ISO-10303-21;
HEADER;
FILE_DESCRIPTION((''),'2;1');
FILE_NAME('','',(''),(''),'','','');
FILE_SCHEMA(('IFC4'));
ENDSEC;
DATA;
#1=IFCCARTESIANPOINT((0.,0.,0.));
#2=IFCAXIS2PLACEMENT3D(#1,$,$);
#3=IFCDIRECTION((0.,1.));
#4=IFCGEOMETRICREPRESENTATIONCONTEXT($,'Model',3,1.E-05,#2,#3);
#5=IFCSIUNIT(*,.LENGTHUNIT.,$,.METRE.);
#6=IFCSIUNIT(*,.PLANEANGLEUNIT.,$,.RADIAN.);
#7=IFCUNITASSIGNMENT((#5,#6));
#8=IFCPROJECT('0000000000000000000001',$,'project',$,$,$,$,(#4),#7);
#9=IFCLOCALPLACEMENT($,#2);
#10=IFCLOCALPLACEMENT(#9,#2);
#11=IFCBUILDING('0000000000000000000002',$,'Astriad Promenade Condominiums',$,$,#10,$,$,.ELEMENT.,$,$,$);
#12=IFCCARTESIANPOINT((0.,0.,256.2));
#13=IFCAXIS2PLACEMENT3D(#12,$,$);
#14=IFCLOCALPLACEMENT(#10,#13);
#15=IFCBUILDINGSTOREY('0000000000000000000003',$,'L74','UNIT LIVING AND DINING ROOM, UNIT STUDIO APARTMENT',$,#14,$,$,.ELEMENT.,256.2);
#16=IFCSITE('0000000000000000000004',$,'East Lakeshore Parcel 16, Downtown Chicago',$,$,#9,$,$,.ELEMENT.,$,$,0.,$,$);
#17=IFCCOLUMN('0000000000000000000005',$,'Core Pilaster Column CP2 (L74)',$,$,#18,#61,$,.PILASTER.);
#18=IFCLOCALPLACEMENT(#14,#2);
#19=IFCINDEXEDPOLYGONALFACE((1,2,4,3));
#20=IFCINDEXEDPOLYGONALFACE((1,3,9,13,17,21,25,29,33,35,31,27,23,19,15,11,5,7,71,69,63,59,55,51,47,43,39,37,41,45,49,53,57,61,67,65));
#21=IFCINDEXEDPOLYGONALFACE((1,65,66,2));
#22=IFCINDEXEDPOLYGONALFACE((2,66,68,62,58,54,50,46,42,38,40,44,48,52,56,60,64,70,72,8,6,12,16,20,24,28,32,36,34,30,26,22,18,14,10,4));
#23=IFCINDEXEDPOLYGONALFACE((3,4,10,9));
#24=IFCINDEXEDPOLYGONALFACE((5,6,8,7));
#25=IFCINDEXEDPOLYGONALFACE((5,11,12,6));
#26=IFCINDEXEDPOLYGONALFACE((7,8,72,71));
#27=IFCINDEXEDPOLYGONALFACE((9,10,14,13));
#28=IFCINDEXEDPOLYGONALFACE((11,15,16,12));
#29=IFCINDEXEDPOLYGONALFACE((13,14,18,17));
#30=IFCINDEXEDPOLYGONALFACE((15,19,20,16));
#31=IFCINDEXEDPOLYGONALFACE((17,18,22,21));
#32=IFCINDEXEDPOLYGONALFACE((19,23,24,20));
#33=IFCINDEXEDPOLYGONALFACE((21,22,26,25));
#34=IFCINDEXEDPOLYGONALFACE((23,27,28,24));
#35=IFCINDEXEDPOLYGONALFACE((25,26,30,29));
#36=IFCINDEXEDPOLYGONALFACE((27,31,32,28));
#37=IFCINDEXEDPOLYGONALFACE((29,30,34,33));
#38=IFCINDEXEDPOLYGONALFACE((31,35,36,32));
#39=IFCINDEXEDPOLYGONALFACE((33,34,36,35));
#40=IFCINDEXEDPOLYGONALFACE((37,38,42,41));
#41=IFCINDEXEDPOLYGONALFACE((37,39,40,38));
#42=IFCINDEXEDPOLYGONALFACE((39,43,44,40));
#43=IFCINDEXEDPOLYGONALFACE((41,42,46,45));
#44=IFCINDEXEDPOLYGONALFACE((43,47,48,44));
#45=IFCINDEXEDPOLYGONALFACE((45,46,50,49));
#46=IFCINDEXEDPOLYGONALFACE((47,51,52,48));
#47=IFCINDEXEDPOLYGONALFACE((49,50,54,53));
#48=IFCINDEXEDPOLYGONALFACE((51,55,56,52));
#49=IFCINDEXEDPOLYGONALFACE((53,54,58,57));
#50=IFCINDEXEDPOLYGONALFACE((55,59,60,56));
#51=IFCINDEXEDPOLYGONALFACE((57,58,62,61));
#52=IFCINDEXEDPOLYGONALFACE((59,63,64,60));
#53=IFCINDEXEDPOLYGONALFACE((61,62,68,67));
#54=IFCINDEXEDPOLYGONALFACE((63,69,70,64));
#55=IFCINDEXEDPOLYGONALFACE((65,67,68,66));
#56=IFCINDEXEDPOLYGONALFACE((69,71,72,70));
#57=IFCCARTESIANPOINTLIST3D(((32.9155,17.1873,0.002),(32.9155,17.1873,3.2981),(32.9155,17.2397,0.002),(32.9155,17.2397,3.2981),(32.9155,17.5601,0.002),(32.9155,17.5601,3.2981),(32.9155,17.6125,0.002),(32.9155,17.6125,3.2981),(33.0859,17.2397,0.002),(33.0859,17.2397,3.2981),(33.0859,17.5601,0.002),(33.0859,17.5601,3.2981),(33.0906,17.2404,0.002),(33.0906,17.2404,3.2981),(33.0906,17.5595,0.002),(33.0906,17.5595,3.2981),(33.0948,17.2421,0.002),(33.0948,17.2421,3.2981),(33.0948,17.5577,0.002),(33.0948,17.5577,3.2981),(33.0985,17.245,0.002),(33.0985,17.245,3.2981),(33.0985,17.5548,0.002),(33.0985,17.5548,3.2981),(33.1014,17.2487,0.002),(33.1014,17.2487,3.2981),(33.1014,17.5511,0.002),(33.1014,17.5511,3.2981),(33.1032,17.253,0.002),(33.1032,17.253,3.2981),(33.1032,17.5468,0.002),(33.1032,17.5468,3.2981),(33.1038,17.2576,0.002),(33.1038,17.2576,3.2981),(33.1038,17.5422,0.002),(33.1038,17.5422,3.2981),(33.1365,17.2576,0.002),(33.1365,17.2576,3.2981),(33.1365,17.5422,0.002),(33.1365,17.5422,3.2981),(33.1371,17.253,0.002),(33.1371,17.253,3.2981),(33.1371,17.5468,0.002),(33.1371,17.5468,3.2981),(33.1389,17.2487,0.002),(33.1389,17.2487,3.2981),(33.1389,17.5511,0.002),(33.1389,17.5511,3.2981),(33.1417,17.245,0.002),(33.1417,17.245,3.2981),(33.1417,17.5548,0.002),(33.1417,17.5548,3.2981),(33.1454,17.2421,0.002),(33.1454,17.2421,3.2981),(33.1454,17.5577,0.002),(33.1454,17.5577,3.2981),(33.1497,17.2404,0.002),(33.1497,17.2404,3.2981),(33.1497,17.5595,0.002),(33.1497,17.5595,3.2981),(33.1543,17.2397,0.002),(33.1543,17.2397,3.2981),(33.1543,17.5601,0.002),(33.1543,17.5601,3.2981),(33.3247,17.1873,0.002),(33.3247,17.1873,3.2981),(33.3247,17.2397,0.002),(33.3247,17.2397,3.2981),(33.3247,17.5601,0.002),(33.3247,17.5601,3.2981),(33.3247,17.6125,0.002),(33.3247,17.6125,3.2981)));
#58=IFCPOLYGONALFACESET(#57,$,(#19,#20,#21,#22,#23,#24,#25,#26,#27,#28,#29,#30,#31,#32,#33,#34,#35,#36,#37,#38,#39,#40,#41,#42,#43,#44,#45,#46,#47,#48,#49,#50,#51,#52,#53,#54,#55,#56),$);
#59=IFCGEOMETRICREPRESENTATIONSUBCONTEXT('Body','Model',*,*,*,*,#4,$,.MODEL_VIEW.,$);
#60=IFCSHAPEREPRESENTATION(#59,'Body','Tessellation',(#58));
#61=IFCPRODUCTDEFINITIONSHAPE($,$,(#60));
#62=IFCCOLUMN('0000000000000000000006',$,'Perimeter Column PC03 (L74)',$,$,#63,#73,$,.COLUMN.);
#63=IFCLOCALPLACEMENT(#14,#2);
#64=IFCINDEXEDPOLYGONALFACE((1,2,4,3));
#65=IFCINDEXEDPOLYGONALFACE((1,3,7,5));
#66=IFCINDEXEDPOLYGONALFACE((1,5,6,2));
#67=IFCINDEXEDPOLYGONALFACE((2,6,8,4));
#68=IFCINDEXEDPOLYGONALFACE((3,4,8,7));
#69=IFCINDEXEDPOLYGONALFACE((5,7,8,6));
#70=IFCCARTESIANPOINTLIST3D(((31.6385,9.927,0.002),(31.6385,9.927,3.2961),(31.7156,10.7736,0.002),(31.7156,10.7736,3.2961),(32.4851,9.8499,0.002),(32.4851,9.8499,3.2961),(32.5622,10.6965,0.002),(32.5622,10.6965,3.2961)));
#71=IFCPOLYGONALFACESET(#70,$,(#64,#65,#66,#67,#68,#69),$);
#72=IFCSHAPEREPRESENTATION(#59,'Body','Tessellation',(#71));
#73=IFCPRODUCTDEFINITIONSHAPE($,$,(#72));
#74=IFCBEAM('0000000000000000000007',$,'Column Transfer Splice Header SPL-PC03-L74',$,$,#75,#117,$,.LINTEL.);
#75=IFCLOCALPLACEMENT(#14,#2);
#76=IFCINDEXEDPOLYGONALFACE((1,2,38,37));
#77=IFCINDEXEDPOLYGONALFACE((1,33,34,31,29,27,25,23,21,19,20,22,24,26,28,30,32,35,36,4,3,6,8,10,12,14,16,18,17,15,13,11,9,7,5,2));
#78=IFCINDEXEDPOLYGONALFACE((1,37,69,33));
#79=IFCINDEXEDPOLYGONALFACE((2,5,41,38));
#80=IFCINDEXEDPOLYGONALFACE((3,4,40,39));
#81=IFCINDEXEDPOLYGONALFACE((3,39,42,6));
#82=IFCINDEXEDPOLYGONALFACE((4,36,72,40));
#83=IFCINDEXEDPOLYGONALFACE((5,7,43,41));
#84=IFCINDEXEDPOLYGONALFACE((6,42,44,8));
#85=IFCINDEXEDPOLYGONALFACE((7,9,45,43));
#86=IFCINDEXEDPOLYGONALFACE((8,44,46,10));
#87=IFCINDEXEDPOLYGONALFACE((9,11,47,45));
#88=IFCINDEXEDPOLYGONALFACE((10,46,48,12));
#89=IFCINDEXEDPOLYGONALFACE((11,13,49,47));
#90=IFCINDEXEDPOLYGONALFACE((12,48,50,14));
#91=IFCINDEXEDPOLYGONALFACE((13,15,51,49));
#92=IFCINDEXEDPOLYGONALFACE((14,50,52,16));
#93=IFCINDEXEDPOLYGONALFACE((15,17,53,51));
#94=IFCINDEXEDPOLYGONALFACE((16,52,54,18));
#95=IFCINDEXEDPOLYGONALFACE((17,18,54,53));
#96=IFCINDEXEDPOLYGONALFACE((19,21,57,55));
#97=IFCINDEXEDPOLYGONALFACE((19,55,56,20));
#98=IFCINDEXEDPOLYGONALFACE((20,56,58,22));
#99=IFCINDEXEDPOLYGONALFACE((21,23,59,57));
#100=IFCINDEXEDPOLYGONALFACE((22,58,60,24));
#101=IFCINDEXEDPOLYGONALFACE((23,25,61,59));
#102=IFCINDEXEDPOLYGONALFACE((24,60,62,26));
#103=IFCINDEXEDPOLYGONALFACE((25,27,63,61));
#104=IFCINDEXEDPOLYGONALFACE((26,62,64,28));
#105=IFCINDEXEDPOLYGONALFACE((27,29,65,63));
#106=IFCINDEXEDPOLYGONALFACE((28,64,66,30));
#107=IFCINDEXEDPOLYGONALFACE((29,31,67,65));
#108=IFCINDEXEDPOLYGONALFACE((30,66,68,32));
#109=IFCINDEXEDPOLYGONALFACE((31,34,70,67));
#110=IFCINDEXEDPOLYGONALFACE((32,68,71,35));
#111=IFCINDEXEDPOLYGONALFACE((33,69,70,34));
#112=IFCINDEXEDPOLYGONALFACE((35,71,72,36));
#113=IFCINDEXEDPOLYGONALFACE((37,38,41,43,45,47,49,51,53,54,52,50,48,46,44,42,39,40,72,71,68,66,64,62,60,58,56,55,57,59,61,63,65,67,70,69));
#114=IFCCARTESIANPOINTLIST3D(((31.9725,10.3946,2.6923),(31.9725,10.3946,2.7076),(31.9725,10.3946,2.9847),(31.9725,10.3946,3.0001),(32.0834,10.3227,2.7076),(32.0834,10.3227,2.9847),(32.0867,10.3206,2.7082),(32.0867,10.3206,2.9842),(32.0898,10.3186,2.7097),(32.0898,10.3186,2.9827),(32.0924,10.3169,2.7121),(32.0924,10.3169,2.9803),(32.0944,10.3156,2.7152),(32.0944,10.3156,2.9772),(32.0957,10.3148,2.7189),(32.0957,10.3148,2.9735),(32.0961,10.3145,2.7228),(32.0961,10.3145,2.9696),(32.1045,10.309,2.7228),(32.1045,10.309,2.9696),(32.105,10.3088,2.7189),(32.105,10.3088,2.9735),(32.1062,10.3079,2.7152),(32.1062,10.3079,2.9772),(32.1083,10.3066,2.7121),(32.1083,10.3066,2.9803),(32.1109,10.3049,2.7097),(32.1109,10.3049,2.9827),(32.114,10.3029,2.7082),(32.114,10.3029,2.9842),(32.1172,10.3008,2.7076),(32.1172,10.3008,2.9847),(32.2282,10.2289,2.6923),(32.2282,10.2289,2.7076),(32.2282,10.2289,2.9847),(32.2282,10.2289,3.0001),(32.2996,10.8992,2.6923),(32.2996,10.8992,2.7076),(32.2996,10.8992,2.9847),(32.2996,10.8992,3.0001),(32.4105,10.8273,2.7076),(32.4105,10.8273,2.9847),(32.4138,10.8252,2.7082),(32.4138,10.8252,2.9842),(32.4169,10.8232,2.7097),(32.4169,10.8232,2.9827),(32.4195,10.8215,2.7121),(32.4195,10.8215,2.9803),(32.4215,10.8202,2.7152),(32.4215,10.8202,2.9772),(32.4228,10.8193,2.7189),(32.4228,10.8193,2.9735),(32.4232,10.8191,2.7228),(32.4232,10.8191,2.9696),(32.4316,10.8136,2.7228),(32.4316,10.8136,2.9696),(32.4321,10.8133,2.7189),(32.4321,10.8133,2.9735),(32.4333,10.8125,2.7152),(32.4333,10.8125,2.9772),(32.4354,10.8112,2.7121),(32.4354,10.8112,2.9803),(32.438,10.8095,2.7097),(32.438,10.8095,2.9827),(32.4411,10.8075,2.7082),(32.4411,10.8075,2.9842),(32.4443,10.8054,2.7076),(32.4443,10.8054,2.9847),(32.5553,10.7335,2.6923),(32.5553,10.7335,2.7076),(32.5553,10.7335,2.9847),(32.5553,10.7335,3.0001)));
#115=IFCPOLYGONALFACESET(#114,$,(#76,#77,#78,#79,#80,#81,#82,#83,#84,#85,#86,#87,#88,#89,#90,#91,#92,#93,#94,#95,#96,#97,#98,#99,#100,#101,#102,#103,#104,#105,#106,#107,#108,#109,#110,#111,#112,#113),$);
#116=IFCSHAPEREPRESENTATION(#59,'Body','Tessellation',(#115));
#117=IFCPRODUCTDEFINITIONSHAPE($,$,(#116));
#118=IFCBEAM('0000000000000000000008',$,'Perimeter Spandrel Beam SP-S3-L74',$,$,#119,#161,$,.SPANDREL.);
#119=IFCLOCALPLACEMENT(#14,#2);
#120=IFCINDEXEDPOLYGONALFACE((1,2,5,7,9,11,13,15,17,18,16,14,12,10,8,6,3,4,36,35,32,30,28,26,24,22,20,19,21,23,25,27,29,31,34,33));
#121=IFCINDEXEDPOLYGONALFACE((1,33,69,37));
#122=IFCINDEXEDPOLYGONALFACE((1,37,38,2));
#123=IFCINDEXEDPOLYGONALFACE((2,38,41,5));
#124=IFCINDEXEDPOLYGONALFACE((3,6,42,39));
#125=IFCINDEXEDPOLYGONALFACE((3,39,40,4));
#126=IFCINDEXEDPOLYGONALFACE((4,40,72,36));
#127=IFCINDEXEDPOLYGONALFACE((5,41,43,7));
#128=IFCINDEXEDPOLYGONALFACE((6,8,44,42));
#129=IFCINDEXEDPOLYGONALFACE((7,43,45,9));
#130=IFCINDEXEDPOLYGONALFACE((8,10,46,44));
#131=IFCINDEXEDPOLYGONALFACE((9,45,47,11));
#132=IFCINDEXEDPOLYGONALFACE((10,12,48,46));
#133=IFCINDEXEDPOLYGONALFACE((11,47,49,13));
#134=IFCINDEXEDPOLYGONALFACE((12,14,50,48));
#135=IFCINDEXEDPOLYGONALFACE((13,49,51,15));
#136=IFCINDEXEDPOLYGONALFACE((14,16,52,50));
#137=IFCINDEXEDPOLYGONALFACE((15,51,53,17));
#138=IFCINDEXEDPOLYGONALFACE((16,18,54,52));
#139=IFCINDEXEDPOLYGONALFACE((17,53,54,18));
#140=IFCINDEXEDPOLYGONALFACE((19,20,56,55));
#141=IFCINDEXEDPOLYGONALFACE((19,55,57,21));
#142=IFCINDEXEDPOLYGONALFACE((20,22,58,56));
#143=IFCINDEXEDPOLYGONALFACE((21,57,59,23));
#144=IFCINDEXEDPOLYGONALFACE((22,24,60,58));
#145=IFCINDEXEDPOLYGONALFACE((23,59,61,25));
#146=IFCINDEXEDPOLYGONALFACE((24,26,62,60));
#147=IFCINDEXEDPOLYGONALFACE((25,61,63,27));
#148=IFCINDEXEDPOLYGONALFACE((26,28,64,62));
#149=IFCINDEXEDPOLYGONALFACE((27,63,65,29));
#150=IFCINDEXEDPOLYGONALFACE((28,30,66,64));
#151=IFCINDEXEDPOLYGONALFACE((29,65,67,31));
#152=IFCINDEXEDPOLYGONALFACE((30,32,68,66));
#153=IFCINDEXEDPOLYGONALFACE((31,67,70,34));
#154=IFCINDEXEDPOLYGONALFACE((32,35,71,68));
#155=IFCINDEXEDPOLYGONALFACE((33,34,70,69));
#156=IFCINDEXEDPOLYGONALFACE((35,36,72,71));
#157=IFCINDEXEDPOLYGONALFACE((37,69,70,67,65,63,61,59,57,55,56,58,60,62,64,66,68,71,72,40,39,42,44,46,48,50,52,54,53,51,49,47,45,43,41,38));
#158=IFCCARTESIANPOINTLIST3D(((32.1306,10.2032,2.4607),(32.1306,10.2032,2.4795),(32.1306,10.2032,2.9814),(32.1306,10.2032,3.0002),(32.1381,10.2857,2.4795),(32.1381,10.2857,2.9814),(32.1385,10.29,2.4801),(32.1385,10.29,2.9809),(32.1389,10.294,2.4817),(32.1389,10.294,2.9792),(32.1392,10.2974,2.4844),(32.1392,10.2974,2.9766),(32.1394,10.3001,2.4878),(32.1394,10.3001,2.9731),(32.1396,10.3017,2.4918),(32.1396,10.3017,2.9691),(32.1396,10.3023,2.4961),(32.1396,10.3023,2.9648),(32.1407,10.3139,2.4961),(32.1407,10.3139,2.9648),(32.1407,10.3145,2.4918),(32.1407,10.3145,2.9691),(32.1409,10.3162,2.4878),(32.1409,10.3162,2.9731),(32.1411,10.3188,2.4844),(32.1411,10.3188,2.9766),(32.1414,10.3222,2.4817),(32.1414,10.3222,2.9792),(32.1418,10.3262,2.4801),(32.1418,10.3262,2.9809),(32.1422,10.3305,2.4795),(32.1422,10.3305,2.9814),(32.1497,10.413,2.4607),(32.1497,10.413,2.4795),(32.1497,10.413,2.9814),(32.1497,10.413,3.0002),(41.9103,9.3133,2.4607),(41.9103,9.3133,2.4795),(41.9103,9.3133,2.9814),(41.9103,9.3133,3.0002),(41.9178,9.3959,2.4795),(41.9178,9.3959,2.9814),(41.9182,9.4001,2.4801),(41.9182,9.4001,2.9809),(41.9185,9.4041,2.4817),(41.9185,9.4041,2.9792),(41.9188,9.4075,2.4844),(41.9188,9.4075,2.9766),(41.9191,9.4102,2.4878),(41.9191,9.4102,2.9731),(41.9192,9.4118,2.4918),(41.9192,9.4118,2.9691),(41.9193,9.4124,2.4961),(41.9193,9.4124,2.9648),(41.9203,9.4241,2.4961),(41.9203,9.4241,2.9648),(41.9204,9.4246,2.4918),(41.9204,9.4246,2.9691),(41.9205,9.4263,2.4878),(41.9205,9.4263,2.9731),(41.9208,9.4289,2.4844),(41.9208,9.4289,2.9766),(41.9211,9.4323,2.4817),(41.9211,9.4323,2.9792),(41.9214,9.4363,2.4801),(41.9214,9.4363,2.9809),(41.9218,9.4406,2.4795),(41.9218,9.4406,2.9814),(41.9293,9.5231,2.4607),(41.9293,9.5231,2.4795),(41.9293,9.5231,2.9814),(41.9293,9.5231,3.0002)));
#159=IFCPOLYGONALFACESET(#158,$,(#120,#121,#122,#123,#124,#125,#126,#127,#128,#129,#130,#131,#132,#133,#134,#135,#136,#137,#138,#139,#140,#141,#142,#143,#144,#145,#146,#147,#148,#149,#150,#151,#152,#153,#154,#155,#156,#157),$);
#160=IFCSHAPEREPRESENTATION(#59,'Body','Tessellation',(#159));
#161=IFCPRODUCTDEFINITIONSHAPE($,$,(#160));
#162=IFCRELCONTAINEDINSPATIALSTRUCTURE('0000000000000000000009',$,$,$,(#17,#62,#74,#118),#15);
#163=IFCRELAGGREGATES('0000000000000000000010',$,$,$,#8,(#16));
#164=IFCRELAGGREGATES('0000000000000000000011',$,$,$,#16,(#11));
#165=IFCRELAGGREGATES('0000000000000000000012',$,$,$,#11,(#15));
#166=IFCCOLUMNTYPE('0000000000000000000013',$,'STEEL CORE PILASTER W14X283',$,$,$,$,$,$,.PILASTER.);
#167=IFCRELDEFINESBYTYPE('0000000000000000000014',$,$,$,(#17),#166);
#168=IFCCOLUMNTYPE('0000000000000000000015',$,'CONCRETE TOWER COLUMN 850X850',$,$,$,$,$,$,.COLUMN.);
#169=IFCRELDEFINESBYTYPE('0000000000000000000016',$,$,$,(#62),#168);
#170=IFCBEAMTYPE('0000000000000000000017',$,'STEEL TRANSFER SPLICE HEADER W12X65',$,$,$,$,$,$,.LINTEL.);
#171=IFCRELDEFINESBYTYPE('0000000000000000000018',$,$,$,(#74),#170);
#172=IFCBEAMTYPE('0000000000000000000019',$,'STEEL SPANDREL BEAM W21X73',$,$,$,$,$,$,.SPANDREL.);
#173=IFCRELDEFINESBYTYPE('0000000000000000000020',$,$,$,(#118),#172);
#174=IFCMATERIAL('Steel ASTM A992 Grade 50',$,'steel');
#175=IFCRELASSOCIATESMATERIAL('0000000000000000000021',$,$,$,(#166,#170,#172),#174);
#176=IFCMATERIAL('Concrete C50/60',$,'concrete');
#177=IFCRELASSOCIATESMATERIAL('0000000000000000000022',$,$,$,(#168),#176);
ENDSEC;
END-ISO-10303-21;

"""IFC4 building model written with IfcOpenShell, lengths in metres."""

from ifc_helpers import new_model, si_unit, direction, frame, origin, origin_2d, place, context, subcontext, project, spatial, rectangle, i_section, extrude, source, transform, mapped, material, material_profile, profile_set, type_object, type_shapes, element, save


model = new_model("IFC4")

# Units and contexts
model_context = context("Model", 3, precision=1e-05, world=origin(), true_north=direction((0.0, 1.0)))
body_context = subcontext(model_context, "Body", "Model", "MODEL_VIEW")
ifc_project = project(units=[si_unit("LENGTHUNIT", "METRE"), si_unit("PLANEANGLEUNIT", "RADIAN")], contexts=[model_context])

# Site, building, storey
site_placement = place(None, origin())
site = spatial("IfcSite", under=ifc_project, at=site_placement, Name="East Lakeshore Parcel 16, Downtown Chicago", CompositionType="ELEMENT", RefElevation=0.0)
building_placement = place(site_placement, origin())
building = spatial("IfcBuilding", under=site, at=building_placement, Name="Astriad Promenade Condominiums", CompositionType="ELEMENT")
storey_placement = place(building_placement, frame((0.0, 0.0, 256.2)))
storey = spatial("IfcBuildingStorey", under=building, at=storey_placement, Name="L74", Description="UNIT LIVING AND DINING ROOM, UNIT STUDIO APARTMENT", CompositionType="ELEMENT", Elevation=256.2)

# Columns
ifc_material_1 = material(Name="Steel ASTM A992 Grade 50", Category="steel")
ifc_material_profile_1 = material_profile(ifc_material_1, i_section(OverallWidth=0.4092, OverallDepth=0.4253, WebThickness=0.0327, FlangeThickness=0.0525, FilletRadius=0.0178, at=origin_2d()), Name="W14X283")
ifc_profile_set_1 = profile_set([ifc_material_profile_1], Name="Steel ASTM A992 Grade 50")
column_type_1 = type_object("IfcColumnType", Name="STEEL CORE PILASTER W14X283", PredefinedType="PILASTER", material=ifc_profile_set_1)
shared_shape_1 = source(origin(), body_context, "Body", "SweptSolid", [
    extrude(i_section(OverallWidth=0.4092, OverallDepth=0.4253, WebThickness=0.0327, FlangeThickness=0.0525, FilletRadius=0.0178, at=origin_2d()), origin(), (0.0, 0.0, 1.0), 3.2961),
])
type_shapes(column_type_1, [shared_shape_1])
column_1_placement = place(storey_placement, frame((33.1201, 17.3999, 0.002), z_axis=(0.0, 0.0, 1.0), x_axis=(1.0, 0.0, 0.0)))
element("IfcColumn", 1, at=column_1_placement, inside=storey, type_object=column_type_1, Name="Core Pilaster Column CP2 (L74)", PredefinedType="PILASTER", context=body_context, shape_type="MappedRepresentation", body=[
    mapped(shared_shape_1, transform((0.0, 0.0, 0.0), scale=1.0)),
])
ifc_material_2 = material(Name="Concrete C50/60", Category="concrete")
ifc_material_profile_2 = material_profile(ifc_material_2, rectangle(XDim=0.8501, YDim=0.8501, at=origin_2d()), Name="RC-COL-850X850")
ifc_profile_set_2 = profile_set([ifc_material_profile_2], Name="Concrete C50/60")
column_type_2 = type_object("IfcColumnType", Name="CONCRETE TOWER COLUMN 850X850", PredefinedType="COLUMN", material=ifc_profile_set_2)
shared_shape_2 = source(origin(), body_context, "Body", "SweptSolid", [
    extrude(rectangle(XDim=0.8501, YDim=0.8501, at=origin_2d()), origin(), (0.0, 0.0, 1.0), 3.2942),
])
type_shapes(column_type_2, [shared_shape_2])
column_2_placement = place(storey_placement, frame((32.1003, 10.3118, 0.002), z_axis=(0.0, 0.0, 1.0), x_axis=(0.995884, -0.090633, 0.0)))
element("IfcColumn", 2, at=column_2_placement, inside=storey, type_object=column_type_2, Name="Perimeter Column PC03 (L74)", PredefinedType="COLUMN", context=body_context, shape_type="MappedRepresentation", body=[
    mapped(shared_shape_2, transform((0.0, 0.0, 0.0), scale=1.0)),
])

# Beams
ifc_material_profile_3 = material_profile(ifc_material_1, i_section(OverallWidth=0.3047, OverallDepth=0.3079, WebThickness=0.01, FlangeThickness=0.0154, FilletRadius=0.0151, at=origin_2d()), Name="W12X65")
ifc_profile_set_3 = profile_set([ifc_material_profile_3], Name="Steel ASTM A992 Grade 50")
beam_type_1 = type_object("IfcBeamType", Name="STEEL TRANSFER SPLICE HEADER W12X65", PredefinedType="LINTEL", material=ifc_profile_set_3)
shared_shape_3 = source(origin(), body_context, "Body", "SweptSolid", [
    extrude(i_section(OverallWidth=0.3047, OverallDepth=0.3079, WebThickness=0.01, FlangeThickness=0.0154, FilletRadius=0.0151, at=origin_2d()), origin(), (0.0, 0.0, 1.0), 0.6013),
])
type_shapes(beam_type_1, [shared_shape_3])
beam_1_placement = place(storey_placement, frame((32.1003, 10.3118, 2.8462), z_axis=(0.543975, 0.839102, 0.0), x_axis=(-0.839102, 0.543975, 0.0)))
element("IfcBeam", 3, at=beam_1_placement, inside=storey, type_object=beam_type_1, Name="Column Transfer Splice Header SPL-PC03-L74", PredefinedType="LINTEL", context=body_context, shape_type="MappedRepresentation", body=[
    mapped(shared_shape_3, transform((0.0, 0.0, 0.0), scale=1.0)),
])
ifc_material_profile_4 = material_profile(ifc_material_1, i_section(OverallWidth=0.2107, OverallDepth=0.5396, WebThickness=0.0117, FlangeThickness=0.0188, FilletRadius=0.0166, at=origin_2d()), Name="W21X73")
ifc_profile_set_4 = profile_set([ifc_material_profile_4], Name="Steel ASTM A992 Grade 50")
beam_type_2 = type_object("IfcBeamType", Name="STEEL SPANDREL BEAM W21X73", PredefinedType="SPANDREL", material=ifc_profile_set_4)
shared_shape_4 = source(origin(), body_context, "Body", "SweptSolid", [
    extrude(i_section(OverallWidth=0.2107, OverallDepth=0.5396, WebThickness=0.0117, FlangeThickness=0.0188, FilletRadius=0.0166, at=origin_2d()), origin(), (0.0, 0.0, 1.0), 9.8201),
])
type_shapes(beam_type_2, [shared_shape_4])
beam_2_placement = place(storey_placement, frame((32.1401, 10.3081, 2.7305), z_axis=(0.995886, -0.090619, 0.0), x_axis=(0.090619, 0.995886, 0.0)))
element("IfcBeam", 4, at=beam_2_placement, inside=storey, type_object=beam_type_2, Name="Perimeter Spandrel Beam SP-S3-L74", PredefinedType="SPANDREL", context=body_context, shape_type="MappedRepresentation", body=[
    mapped(shared_shape_4, transform((0.0, 0.0, 0.0), scale=1.0)),
])

save(model, "model.ifc")
